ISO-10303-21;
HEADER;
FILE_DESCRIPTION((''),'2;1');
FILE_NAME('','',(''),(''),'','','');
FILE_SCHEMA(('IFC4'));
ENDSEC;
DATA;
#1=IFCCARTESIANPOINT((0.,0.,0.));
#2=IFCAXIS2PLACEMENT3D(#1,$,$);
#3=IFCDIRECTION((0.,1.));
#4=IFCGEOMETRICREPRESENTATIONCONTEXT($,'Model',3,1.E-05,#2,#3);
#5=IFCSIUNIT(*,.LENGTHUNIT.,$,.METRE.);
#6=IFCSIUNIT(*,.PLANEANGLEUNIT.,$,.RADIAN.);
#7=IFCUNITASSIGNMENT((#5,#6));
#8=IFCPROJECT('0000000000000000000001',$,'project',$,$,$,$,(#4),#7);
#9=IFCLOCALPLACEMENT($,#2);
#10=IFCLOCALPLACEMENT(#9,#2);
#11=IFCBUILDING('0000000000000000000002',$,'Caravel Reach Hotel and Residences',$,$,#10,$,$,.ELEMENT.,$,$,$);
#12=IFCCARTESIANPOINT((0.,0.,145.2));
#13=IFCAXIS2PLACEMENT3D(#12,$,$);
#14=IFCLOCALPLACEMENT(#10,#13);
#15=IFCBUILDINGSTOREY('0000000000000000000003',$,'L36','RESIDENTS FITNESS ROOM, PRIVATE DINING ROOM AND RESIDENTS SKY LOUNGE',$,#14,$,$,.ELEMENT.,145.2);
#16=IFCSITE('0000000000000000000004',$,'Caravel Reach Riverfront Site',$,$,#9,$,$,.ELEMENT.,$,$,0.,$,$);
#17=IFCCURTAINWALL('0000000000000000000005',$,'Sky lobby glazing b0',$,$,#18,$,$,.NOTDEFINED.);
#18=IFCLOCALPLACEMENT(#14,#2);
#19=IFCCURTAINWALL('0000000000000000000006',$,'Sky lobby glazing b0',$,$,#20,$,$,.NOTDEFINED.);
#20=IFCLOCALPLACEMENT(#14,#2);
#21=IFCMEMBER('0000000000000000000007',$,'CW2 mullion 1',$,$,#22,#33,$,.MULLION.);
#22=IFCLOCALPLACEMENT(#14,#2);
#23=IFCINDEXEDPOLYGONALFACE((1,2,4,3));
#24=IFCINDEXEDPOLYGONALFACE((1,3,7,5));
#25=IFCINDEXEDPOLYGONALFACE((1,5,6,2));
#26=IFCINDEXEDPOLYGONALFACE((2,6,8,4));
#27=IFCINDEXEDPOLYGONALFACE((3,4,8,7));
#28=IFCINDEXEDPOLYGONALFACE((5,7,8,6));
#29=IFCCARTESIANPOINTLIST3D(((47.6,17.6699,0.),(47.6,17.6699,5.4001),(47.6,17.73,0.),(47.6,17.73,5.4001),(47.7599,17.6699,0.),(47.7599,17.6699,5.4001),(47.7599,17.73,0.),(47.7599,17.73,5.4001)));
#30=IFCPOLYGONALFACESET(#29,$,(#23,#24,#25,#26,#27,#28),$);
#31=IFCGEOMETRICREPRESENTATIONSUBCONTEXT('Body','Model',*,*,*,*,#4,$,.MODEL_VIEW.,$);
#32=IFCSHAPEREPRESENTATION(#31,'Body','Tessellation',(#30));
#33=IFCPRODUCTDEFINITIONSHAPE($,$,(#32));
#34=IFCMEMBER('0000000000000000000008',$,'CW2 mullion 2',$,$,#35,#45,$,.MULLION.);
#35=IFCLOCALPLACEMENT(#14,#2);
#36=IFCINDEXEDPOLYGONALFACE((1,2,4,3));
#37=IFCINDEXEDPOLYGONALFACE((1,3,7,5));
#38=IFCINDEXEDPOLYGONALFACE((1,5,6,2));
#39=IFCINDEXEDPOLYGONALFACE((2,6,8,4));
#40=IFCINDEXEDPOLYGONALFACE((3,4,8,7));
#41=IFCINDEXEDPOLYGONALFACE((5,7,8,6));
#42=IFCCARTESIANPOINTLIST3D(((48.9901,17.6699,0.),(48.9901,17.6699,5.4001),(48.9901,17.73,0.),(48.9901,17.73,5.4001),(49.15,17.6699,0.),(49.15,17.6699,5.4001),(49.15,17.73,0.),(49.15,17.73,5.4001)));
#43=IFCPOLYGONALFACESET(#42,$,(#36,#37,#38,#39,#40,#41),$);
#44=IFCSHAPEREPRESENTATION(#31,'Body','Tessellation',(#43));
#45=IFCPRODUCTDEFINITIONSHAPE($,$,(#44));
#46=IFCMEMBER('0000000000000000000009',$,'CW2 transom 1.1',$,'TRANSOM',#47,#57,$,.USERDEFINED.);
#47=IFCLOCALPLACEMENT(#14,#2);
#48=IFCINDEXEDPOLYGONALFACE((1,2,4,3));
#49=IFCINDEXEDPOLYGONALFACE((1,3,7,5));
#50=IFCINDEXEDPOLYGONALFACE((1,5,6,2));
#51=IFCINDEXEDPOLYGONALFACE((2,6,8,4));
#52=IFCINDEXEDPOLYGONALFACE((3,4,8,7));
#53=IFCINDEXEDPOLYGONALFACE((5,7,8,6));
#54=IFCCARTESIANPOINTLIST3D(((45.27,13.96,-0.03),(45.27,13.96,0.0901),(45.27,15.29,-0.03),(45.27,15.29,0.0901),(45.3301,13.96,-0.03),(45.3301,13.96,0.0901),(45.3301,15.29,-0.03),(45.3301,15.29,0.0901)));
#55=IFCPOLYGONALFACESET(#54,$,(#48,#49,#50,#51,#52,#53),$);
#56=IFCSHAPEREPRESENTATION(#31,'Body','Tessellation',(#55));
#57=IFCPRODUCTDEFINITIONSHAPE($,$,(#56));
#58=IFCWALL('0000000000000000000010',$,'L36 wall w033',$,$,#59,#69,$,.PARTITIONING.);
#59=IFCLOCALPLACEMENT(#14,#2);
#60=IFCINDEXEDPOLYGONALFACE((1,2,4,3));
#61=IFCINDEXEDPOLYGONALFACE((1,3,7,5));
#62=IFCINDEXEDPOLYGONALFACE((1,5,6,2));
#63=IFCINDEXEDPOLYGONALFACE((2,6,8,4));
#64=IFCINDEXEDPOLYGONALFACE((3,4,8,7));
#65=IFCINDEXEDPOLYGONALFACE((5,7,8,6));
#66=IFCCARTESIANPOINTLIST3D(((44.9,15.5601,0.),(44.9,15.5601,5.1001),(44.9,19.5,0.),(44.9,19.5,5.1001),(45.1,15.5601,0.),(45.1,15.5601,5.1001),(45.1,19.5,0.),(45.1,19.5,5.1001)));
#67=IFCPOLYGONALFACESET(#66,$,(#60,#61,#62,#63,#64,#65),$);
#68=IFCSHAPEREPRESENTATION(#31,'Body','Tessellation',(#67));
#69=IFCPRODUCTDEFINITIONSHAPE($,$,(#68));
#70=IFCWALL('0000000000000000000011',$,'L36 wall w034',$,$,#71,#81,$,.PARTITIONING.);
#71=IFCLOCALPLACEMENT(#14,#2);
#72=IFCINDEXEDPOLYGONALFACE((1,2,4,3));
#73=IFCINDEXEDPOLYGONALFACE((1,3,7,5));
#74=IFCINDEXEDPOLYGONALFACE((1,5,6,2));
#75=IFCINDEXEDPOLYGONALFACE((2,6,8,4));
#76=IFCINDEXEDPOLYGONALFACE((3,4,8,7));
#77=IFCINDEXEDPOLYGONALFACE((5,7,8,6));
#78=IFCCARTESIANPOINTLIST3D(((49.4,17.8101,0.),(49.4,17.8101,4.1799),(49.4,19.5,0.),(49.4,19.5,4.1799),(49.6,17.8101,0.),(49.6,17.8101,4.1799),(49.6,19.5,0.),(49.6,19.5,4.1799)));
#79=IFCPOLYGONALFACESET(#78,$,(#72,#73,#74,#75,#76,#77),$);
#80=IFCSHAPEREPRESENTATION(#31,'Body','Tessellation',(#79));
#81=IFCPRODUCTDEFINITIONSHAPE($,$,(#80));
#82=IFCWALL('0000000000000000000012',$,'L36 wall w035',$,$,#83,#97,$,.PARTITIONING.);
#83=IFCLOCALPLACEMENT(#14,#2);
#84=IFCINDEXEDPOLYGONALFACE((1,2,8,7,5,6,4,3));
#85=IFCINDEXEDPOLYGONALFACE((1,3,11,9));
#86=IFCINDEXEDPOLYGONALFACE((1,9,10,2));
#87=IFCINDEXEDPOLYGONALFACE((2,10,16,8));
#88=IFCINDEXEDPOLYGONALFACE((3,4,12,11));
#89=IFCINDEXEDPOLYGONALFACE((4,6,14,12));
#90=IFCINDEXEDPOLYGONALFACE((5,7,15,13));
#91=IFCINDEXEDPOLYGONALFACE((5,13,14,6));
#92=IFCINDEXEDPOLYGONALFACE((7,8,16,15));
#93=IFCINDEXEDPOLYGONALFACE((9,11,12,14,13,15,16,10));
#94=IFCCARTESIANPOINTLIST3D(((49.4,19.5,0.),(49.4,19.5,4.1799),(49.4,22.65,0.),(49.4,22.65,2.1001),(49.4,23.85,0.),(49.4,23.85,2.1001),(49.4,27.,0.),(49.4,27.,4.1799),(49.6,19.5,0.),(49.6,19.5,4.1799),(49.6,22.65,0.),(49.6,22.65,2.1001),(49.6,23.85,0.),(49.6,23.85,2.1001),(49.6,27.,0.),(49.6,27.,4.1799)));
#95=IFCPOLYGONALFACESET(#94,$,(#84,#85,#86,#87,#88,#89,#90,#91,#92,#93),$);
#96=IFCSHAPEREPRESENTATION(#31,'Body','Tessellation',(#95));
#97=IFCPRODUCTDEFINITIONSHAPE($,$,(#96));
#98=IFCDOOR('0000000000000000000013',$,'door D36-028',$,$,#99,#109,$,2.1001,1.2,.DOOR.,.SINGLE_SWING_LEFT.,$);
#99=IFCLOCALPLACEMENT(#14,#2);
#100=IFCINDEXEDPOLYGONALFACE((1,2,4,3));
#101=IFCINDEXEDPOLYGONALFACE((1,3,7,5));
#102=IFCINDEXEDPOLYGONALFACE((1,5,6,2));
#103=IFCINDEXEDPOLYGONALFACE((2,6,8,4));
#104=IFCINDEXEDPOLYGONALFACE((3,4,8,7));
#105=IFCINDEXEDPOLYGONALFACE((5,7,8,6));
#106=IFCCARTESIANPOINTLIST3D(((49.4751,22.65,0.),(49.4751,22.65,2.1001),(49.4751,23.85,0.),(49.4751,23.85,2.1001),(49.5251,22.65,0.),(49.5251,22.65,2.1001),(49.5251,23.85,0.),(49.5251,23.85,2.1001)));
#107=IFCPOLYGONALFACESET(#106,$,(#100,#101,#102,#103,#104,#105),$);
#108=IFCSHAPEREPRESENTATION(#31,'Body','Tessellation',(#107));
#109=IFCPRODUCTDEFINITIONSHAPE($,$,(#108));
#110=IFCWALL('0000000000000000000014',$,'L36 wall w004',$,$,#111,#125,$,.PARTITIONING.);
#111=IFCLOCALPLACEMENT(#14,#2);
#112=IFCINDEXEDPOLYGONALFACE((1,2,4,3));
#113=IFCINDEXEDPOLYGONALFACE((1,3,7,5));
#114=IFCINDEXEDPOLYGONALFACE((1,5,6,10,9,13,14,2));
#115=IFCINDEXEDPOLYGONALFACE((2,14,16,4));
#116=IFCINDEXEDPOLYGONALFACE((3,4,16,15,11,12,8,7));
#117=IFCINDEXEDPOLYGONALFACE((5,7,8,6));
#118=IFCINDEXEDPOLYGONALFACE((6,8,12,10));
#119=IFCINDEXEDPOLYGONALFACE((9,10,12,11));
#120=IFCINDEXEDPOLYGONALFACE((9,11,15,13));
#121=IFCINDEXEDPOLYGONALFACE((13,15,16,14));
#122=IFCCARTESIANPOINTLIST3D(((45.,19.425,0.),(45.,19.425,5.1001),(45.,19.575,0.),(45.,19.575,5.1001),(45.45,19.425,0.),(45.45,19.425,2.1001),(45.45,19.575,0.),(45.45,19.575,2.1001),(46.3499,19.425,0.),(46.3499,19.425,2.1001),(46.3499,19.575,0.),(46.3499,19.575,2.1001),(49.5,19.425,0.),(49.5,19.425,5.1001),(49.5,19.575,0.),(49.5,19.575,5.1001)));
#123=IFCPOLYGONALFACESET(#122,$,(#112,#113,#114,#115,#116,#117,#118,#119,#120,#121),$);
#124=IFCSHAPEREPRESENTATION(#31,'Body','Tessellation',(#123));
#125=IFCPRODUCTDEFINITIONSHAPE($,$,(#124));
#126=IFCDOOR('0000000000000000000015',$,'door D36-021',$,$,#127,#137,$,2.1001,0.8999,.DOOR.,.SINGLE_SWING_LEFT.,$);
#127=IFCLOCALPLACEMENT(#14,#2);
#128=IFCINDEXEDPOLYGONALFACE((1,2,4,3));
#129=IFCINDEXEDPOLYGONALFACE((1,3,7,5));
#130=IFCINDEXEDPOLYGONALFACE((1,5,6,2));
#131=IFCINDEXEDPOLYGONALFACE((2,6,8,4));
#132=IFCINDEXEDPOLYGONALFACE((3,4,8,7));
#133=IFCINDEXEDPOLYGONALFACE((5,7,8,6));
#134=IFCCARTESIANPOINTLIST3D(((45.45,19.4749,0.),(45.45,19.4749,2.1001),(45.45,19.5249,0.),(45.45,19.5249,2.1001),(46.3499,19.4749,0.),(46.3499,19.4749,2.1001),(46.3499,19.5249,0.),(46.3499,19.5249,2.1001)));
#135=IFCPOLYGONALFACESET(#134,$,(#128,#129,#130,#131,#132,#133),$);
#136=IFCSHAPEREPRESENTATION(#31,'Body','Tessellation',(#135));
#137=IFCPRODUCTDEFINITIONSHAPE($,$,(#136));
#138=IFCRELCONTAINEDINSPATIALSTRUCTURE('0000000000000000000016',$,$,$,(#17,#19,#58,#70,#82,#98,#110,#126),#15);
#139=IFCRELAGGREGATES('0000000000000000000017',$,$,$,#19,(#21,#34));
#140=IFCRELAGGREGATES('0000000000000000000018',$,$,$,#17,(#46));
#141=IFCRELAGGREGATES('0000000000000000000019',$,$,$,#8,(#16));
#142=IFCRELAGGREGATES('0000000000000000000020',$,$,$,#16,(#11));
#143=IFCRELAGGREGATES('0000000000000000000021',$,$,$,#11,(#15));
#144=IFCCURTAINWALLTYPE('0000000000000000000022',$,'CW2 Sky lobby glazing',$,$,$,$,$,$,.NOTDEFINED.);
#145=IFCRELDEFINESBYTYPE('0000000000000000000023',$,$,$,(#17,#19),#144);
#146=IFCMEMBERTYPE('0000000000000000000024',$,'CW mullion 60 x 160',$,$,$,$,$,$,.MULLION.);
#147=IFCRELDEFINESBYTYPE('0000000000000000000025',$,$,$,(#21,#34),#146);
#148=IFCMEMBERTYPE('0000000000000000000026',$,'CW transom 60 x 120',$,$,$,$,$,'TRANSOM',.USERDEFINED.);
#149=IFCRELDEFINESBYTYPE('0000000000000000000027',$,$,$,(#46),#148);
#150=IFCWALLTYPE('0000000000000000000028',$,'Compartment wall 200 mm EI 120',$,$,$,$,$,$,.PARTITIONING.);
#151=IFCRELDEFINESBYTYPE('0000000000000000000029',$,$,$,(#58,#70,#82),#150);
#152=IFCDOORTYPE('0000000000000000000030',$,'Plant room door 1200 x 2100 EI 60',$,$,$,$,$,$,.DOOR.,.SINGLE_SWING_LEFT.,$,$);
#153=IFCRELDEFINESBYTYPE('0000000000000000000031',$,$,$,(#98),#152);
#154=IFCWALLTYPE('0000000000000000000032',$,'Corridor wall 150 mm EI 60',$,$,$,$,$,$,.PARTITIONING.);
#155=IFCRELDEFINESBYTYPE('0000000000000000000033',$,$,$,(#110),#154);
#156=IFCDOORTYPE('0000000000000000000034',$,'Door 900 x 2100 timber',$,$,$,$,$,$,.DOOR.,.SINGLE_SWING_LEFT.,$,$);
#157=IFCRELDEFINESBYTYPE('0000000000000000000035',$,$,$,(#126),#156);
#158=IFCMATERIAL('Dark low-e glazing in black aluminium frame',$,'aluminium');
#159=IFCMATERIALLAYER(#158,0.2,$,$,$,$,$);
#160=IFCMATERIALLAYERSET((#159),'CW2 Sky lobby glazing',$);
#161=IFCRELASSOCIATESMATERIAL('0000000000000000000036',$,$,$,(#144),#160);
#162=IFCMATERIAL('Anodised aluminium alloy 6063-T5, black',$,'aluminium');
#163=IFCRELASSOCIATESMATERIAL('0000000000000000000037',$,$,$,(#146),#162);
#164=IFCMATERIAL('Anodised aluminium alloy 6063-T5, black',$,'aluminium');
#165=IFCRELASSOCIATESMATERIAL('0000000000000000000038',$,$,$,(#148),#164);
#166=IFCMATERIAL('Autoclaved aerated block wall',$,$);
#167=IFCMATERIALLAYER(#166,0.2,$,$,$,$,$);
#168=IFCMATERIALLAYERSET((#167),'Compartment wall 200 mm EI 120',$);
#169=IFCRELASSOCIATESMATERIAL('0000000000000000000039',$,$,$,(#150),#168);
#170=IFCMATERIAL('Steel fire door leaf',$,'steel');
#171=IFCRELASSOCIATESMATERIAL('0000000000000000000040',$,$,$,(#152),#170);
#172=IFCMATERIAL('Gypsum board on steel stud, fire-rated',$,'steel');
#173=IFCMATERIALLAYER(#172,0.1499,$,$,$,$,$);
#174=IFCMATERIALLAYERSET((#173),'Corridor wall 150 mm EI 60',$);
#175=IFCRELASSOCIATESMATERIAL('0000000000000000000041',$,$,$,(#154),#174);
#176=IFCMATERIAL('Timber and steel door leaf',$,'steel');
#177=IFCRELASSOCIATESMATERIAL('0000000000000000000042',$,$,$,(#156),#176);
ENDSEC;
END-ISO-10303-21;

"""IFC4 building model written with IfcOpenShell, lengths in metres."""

from ifc_helpers import new_model, si_unit, direction, frame, frame_2d, origin, origin_2d, place, context, subcontext, project, spatial, rectangle, extrude, material, layer, layer_set, material_profile, profile_set, type_object, element, fill, aggregate, save


model = new_model("IFC4")

# Units and contexts
model_context = context("Model", 3, precision=1e-05, world=origin(), true_north=direction((0.0, 1.0)))
body_context = subcontext(model_context, "Body", "Model", "MODEL_VIEW")
ifc_project = project(units=[si_unit("LENGTHUNIT", "METRE"), si_unit("PLANEANGLEUNIT", "RADIAN")], contexts=[model_context])

# Site, building, storey
site_placement = place(None, origin())
site = spatial("IfcSite", under=ifc_project, at=site_placement, Name="Caravel Reach Riverfront Site", CompositionType="ELEMENT", RefElevation=0.0)
building_placement = place(site_placement, origin())
building = spatial("IfcBuilding", under=site, at=building_placement, Name="Caravel Reach Hotel and Residences", CompositionType="ELEMENT")
storey_placement = place(building_placement, frame((0.0, 0.0, 145.2)))
storey = spatial("IfcBuildingStorey", under=building, at=storey_placement, Name="L36", Description="RESIDENTS FITNESS ROOM, PRIVATE DINING ROOM AND RESIDENTS SKY LOUNGE", CompositionType="ELEMENT", Elevation=145.2)

# Curtain walls, members
ifc_material_1 = material(Name="Dark low-e glazing in black aluminium frame", Category="aluminium")
ifc_layer_1 = layer(ifc_material_1, 0.2)
ifc_layer_set_1 = layer_set([ifc_layer_1], Name="CW2 Sky lobby glazing")
curtain_wall_type = type_object("IfcCurtainWallType", Name="CW2 Sky lobby glazing", PredefinedType="NOTDEFINED", material=ifc_layer_set_1)
curtain_wall_1_placement = place(storey_placement, origin())
curtain_wall_1 = element("IfcCurtainWall", 1, at=curtain_wall_1_placement, inside=storey, type_object=curtain_wall_type, Name="Sky lobby glazing b0", PredefinedType="NOTDEFINED")
ifc_material_2 = material(Name="Anodised aluminium alloy 6063-T5, black", Category="aluminium")
ifc_material_profile_1 = material_profile(ifc_material_2, rectangle(XDim=0.0601, YDim=0.1599, at=origin_2d()), Name="CW mullion 60 x 160")
ifc_profile_set_1 = profile_set([ifc_material_profile_1], Name="Anodised aluminium alloy 6063-T5, black")
member_type_1 = type_object("IfcMemberType", Name="CW mullion 60 x 160", PredefinedType="MULLION", material=ifc_profile_set_1)
curtain_wall_2_placement = place(storey_placement, origin())
curtain_wall_2 = element("IfcCurtainWall", 2, at=curtain_wall_2_placement, inside=storey, type_object=curtain_wall_type, Name="Sky lobby glazing b0", PredefinedType="NOTDEFINED")
member_1_placement = place(storey_placement, frame((47.6799, 17.7, 0.0), z_axis=(0.0, 0.0, 1.0), x_axis=(0.0, 1.0, 0.0)))
member_1 = element("IfcMember", 3, at=member_1_placement, type_object=member_type_1, Name="CW2 mullion 1", PredefinedType="MULLION", context=body_context, shape_type="SweptSolid", body=[
    extrude(rectangle(XDim=0.0601, YDim=0.1599, at=origin_2d()), origin(), (0.0, 0.0, 1.0), 5.4001),
])
member_2_placement = place(storey_placement, frame((49.0701, 17.7, 0.0), z_axis=(0.0, 0.0, 1.0), x_axis=(0.0, 1.0, 0.0)))
member_2 = element("IfcMember", 4, at=member_2_placement, type_object=member_type_1, Name="CW2 mullion 2", PredefinedType="MULLION", context=body_context, shape_type="SweptSolid", body=[
    extrude(rectangle(XDim=0.0601, YDim=0.1599, at=origin_2d()), origin(), (0.0, 0.0, 1.0), 5.4001),
])
aggregate(curtain_wall_2, [member_1, member_2])

# Member
ifc_material_3 = material(Name="Anodised aluminium alloy 6063-T5, black", Category="aluminium")
ifc_material_profile_2 = material_profile(ifc_material_3, rectangle(XDim=0.0601, YDim=0.1201, at=origin_2d()), Name="CW transom 60 x 120")
ifc_profile_set_2 = profile_set([ifc_material_profile_2], Name="Anodised aluminium alloy 6063-T5, black")
member_type_2 = type_object("IfcMemberType", Name="CW transom 60 x 120", ElementType="TRANSOM", PredefinedType="USERDEFINED", material=ifc_profile_set_2)
member_3_placement = place(storey_placement, frame((45.3, 13.96, 0.03), z_axis=(0.0, 1.0, 0.0), x_axis=(-1.0, 0.0, 0.0)))
member_3 = element("IfcMember", 5, at=member_3_placement, type_object=member_type_2, Name="CW2 transom 1.1", ObjectType="TRANSOM", PredefinedType="USERDEFINED", context=body_context, shape_type="SweptSolid", body=[
    extrude(rectangle(XDim=0.0601, YDim=0.1201, at=origin_2d()), origin(), (0.0, 0.0, 1.0), 1.3301),
])
aggregate(curtain_wall_1, [member_3])

# Walls
ifc_material_4 = material(Name="Autoclaved aerated block wall")
ifc_layer_2 = layer(ifc_material_4, 0.2)
ifc_layer_set_2 = layer_set([ifc_layer_2], Name="Compartment wall 200 mm EI 120")
wall_type_1 = type_object("IfcWallType", Name="Compartment wall 200 mm EI 120", PredefinedType="PARTITIONING", material=ifc_layer_set_2)
wall_1_placement = place(storey_placement, frame((45.0, 15.5601, 0.0), z_axis=(0.0, 0.0, 1.0), x_axis=(0.0, 1.0, 0.0)))
element("IfcWall", 6, at=wall_1_placement, inside=storey, type_object=wall_type_1, Name="L36 wall w033", PredefinedType="PARTITIONING", context=body_context, shape_type="SweptSolid", body=[
    extrude(rectangle(XDim=3.9399, YDim=0.2, at=frame_2d((1.97, 0.0))), origin(), (0.0, 0.0, 1.0), 5.1001),
])
wall_2_placement = place(storey_placement, frame((49.5, 17.8101, 0.0), z_axis=(0.0, 0.0, 1.0), x_axis=(0.0, 1.0, 0.0)))
element("IfcWall", 7, at=wall_2_placement, inside=storey, type_object=wall_type_1, Name="L36 wall w034", PredefinedType="PARTITIONING", context=body_context, shape_type="SweptSolid", body=[
    extrude(rectangle(XDim=1.6899, YDim=0.2, at=frame_2d((0.845, 0.0))), origin(), (0.0, 0.0, 1.0), 4.1799),
])

# Walls, openings, doors
wall_3_placement = place(storey_placement, frame((49.5, 19.5, 0.0), z_axis=(0.0, 0.0, 1.0), x_axis=(0.0, 1.0, 0.0)))
wall_3 = element("IfcWall", 8, at=wall_3_placement, inside=storey, type_object=wall_type_1, Name="L36 wall w035", PredefinedType="PARTITIONING", context=body_context, shape_type="SweptSolid", body=[
    extrude(rectangle(XDim=7.5, YDim=0.2, at=frame_2d((3.75, 0.0))), origin(), (0.0, 0.0, 1.0), 4.1799),
])
opening_1_placement = place(wall_3_placement, frame((3.1499, 0.0, 0.0)))
opening_1 = element("IfcOpeningElement", 9, at=opening_1_placement, cuts=wall_3, PredefinedType="OPENING", context=body_context, shape_type="SweptSolid", body=[
    extrude(rectangle(XDim=1.2, YDim=2.1001, at=frame_2d((0.6001, 1.05))), frame((0.0, 0.1099, 0.0), z_axis=(0.0, -1.0, 0.0), x_axis=(1.0, 0.0, 0.0)), (0.0, 0.0, 1.0), 0.22),
])
ifc_material_5 = material(Name="Steel fire door leaf", Category="steel")
door_type_1 = type_object("IfcDoorType", Name="Plant room door 1200 x 2100 EI 60", OperationType="SINGLE_SWING_LEFT", PredefinedType="DOOR", material=ifc_material_5)
door_1_placement = place(opening_1_placement, origin())
door_1 = element("IfcDoor", 10, at=door_1_placement, inside=storey, type_object=door_type_1, Name="door D36-028", OperationType="SINGLE_SWING_LEFT", OverallHeight=2.1001, OverallWidth=1.2, PredefinedType="DOOR", context=body_context, shape_type="SweptSolid", body=[
    extrude(rectangle(XDim=1.2, YDim=2.1001, at=frame_2d((0.6001, 1.05))), frame((0.0, 0.0249, 0.0), z_axis=(0.0, -1.0, 0.0), x_axis=(1.0, 0.0, 0.0)), (0.0, 0.0, 1.0), 0.05),
])
fill(opening_1, door_1)
ifc_material_6 = material(Name="Gypsum board on steel stud, fire-rated", Category="steel")
ifc_layer_3 = layer(ifc_material_6, 0.1499)
ifc_layer_set_3 = layer_set([ifc_layer_3], Name="Corridor wall 150 mm EI 60")
wall_type_2 = type_object("IfcWallType", Name="Corridor wall 150 mm EI 60", PredefinedType="PARTITIONING", material=ifc_layer_set_3)
wall_4_placement = place(storey_placement, frame((45.0, 19.5, 0.0), z_axis=(0.0, 0.0, 1.0), x_axis=(1.0, 0.0, 0.0)))
wall_4 = element("IfcWall", 11, at=wall_4_placement, inside=storey, type_object=wall_type_2, Name="L36 wall w004", PredefinedType="PARTITIONING", context=body_context, shape_type="SweptSolid", body=[
    extrude(rectangle(XDim=4.5, YDim=0.1499, at=frame_2d((2.25, 0.0))), origin(), (0.0, 0.0, 1.0), 5.1001),
])
opening_2_placement = place(wall_4_placement, frame((0.45, 0.0, 0.0)))
opening_2 = element("IfcOpeningElement", 12, at=opening_2_placement, cuts=wall_4, PredefinedType="OPENING", context=body_context, shape_type="SweptSolid", body=[
    extrude(rectangle(XDim=0.8999, YDim=2.1001, at=frame_2d((0.45, 1.05))), frame((0.0, 0.085, 0.0), z_axis=(0.0, -1.0, 0.0), x_axis=(1.0, 0.0, 0.0)), (0.0, 0.0, 1.0), 0.1699),
])
ifc_material_7 = material(Name="Timber and steel door leaf", Category="steel")
door_type_2 = type_object("IfcDoorType", Name="Door 900 x 2100 timber", OperationType="SINGLE_SWING_LEFT", PredefinedType="DOOR", material=ifc_material_7)
door_2_placement = place(opening_2_placement, origin())
door_2 = element("IfcDoor", 13, at=door_2_placement, inside=storey, type_object=door_type_2, Name="door D36-021", OperationType="SINGLE_SWING_LEFT", OverallHeight=2.1001, OverallWidth=0.8999, PredefinedType="DOOR", context=body_context, shape_type="SweptSolid", body=[
    extrude(rectangle(XDim=0.8999, YDim=2.1001, at=frame_2d((0.45, 1.05))), frame((0.0, 0.0249, 0.0), z_axis=(0.0, -1.0, 0.0), x_axis=(1.0, 0.0, 0.0)), (0.0, 0.0, 1.0), 0.05),
])
fill(opening_2, door_2)

save(model, "model.ifc")
